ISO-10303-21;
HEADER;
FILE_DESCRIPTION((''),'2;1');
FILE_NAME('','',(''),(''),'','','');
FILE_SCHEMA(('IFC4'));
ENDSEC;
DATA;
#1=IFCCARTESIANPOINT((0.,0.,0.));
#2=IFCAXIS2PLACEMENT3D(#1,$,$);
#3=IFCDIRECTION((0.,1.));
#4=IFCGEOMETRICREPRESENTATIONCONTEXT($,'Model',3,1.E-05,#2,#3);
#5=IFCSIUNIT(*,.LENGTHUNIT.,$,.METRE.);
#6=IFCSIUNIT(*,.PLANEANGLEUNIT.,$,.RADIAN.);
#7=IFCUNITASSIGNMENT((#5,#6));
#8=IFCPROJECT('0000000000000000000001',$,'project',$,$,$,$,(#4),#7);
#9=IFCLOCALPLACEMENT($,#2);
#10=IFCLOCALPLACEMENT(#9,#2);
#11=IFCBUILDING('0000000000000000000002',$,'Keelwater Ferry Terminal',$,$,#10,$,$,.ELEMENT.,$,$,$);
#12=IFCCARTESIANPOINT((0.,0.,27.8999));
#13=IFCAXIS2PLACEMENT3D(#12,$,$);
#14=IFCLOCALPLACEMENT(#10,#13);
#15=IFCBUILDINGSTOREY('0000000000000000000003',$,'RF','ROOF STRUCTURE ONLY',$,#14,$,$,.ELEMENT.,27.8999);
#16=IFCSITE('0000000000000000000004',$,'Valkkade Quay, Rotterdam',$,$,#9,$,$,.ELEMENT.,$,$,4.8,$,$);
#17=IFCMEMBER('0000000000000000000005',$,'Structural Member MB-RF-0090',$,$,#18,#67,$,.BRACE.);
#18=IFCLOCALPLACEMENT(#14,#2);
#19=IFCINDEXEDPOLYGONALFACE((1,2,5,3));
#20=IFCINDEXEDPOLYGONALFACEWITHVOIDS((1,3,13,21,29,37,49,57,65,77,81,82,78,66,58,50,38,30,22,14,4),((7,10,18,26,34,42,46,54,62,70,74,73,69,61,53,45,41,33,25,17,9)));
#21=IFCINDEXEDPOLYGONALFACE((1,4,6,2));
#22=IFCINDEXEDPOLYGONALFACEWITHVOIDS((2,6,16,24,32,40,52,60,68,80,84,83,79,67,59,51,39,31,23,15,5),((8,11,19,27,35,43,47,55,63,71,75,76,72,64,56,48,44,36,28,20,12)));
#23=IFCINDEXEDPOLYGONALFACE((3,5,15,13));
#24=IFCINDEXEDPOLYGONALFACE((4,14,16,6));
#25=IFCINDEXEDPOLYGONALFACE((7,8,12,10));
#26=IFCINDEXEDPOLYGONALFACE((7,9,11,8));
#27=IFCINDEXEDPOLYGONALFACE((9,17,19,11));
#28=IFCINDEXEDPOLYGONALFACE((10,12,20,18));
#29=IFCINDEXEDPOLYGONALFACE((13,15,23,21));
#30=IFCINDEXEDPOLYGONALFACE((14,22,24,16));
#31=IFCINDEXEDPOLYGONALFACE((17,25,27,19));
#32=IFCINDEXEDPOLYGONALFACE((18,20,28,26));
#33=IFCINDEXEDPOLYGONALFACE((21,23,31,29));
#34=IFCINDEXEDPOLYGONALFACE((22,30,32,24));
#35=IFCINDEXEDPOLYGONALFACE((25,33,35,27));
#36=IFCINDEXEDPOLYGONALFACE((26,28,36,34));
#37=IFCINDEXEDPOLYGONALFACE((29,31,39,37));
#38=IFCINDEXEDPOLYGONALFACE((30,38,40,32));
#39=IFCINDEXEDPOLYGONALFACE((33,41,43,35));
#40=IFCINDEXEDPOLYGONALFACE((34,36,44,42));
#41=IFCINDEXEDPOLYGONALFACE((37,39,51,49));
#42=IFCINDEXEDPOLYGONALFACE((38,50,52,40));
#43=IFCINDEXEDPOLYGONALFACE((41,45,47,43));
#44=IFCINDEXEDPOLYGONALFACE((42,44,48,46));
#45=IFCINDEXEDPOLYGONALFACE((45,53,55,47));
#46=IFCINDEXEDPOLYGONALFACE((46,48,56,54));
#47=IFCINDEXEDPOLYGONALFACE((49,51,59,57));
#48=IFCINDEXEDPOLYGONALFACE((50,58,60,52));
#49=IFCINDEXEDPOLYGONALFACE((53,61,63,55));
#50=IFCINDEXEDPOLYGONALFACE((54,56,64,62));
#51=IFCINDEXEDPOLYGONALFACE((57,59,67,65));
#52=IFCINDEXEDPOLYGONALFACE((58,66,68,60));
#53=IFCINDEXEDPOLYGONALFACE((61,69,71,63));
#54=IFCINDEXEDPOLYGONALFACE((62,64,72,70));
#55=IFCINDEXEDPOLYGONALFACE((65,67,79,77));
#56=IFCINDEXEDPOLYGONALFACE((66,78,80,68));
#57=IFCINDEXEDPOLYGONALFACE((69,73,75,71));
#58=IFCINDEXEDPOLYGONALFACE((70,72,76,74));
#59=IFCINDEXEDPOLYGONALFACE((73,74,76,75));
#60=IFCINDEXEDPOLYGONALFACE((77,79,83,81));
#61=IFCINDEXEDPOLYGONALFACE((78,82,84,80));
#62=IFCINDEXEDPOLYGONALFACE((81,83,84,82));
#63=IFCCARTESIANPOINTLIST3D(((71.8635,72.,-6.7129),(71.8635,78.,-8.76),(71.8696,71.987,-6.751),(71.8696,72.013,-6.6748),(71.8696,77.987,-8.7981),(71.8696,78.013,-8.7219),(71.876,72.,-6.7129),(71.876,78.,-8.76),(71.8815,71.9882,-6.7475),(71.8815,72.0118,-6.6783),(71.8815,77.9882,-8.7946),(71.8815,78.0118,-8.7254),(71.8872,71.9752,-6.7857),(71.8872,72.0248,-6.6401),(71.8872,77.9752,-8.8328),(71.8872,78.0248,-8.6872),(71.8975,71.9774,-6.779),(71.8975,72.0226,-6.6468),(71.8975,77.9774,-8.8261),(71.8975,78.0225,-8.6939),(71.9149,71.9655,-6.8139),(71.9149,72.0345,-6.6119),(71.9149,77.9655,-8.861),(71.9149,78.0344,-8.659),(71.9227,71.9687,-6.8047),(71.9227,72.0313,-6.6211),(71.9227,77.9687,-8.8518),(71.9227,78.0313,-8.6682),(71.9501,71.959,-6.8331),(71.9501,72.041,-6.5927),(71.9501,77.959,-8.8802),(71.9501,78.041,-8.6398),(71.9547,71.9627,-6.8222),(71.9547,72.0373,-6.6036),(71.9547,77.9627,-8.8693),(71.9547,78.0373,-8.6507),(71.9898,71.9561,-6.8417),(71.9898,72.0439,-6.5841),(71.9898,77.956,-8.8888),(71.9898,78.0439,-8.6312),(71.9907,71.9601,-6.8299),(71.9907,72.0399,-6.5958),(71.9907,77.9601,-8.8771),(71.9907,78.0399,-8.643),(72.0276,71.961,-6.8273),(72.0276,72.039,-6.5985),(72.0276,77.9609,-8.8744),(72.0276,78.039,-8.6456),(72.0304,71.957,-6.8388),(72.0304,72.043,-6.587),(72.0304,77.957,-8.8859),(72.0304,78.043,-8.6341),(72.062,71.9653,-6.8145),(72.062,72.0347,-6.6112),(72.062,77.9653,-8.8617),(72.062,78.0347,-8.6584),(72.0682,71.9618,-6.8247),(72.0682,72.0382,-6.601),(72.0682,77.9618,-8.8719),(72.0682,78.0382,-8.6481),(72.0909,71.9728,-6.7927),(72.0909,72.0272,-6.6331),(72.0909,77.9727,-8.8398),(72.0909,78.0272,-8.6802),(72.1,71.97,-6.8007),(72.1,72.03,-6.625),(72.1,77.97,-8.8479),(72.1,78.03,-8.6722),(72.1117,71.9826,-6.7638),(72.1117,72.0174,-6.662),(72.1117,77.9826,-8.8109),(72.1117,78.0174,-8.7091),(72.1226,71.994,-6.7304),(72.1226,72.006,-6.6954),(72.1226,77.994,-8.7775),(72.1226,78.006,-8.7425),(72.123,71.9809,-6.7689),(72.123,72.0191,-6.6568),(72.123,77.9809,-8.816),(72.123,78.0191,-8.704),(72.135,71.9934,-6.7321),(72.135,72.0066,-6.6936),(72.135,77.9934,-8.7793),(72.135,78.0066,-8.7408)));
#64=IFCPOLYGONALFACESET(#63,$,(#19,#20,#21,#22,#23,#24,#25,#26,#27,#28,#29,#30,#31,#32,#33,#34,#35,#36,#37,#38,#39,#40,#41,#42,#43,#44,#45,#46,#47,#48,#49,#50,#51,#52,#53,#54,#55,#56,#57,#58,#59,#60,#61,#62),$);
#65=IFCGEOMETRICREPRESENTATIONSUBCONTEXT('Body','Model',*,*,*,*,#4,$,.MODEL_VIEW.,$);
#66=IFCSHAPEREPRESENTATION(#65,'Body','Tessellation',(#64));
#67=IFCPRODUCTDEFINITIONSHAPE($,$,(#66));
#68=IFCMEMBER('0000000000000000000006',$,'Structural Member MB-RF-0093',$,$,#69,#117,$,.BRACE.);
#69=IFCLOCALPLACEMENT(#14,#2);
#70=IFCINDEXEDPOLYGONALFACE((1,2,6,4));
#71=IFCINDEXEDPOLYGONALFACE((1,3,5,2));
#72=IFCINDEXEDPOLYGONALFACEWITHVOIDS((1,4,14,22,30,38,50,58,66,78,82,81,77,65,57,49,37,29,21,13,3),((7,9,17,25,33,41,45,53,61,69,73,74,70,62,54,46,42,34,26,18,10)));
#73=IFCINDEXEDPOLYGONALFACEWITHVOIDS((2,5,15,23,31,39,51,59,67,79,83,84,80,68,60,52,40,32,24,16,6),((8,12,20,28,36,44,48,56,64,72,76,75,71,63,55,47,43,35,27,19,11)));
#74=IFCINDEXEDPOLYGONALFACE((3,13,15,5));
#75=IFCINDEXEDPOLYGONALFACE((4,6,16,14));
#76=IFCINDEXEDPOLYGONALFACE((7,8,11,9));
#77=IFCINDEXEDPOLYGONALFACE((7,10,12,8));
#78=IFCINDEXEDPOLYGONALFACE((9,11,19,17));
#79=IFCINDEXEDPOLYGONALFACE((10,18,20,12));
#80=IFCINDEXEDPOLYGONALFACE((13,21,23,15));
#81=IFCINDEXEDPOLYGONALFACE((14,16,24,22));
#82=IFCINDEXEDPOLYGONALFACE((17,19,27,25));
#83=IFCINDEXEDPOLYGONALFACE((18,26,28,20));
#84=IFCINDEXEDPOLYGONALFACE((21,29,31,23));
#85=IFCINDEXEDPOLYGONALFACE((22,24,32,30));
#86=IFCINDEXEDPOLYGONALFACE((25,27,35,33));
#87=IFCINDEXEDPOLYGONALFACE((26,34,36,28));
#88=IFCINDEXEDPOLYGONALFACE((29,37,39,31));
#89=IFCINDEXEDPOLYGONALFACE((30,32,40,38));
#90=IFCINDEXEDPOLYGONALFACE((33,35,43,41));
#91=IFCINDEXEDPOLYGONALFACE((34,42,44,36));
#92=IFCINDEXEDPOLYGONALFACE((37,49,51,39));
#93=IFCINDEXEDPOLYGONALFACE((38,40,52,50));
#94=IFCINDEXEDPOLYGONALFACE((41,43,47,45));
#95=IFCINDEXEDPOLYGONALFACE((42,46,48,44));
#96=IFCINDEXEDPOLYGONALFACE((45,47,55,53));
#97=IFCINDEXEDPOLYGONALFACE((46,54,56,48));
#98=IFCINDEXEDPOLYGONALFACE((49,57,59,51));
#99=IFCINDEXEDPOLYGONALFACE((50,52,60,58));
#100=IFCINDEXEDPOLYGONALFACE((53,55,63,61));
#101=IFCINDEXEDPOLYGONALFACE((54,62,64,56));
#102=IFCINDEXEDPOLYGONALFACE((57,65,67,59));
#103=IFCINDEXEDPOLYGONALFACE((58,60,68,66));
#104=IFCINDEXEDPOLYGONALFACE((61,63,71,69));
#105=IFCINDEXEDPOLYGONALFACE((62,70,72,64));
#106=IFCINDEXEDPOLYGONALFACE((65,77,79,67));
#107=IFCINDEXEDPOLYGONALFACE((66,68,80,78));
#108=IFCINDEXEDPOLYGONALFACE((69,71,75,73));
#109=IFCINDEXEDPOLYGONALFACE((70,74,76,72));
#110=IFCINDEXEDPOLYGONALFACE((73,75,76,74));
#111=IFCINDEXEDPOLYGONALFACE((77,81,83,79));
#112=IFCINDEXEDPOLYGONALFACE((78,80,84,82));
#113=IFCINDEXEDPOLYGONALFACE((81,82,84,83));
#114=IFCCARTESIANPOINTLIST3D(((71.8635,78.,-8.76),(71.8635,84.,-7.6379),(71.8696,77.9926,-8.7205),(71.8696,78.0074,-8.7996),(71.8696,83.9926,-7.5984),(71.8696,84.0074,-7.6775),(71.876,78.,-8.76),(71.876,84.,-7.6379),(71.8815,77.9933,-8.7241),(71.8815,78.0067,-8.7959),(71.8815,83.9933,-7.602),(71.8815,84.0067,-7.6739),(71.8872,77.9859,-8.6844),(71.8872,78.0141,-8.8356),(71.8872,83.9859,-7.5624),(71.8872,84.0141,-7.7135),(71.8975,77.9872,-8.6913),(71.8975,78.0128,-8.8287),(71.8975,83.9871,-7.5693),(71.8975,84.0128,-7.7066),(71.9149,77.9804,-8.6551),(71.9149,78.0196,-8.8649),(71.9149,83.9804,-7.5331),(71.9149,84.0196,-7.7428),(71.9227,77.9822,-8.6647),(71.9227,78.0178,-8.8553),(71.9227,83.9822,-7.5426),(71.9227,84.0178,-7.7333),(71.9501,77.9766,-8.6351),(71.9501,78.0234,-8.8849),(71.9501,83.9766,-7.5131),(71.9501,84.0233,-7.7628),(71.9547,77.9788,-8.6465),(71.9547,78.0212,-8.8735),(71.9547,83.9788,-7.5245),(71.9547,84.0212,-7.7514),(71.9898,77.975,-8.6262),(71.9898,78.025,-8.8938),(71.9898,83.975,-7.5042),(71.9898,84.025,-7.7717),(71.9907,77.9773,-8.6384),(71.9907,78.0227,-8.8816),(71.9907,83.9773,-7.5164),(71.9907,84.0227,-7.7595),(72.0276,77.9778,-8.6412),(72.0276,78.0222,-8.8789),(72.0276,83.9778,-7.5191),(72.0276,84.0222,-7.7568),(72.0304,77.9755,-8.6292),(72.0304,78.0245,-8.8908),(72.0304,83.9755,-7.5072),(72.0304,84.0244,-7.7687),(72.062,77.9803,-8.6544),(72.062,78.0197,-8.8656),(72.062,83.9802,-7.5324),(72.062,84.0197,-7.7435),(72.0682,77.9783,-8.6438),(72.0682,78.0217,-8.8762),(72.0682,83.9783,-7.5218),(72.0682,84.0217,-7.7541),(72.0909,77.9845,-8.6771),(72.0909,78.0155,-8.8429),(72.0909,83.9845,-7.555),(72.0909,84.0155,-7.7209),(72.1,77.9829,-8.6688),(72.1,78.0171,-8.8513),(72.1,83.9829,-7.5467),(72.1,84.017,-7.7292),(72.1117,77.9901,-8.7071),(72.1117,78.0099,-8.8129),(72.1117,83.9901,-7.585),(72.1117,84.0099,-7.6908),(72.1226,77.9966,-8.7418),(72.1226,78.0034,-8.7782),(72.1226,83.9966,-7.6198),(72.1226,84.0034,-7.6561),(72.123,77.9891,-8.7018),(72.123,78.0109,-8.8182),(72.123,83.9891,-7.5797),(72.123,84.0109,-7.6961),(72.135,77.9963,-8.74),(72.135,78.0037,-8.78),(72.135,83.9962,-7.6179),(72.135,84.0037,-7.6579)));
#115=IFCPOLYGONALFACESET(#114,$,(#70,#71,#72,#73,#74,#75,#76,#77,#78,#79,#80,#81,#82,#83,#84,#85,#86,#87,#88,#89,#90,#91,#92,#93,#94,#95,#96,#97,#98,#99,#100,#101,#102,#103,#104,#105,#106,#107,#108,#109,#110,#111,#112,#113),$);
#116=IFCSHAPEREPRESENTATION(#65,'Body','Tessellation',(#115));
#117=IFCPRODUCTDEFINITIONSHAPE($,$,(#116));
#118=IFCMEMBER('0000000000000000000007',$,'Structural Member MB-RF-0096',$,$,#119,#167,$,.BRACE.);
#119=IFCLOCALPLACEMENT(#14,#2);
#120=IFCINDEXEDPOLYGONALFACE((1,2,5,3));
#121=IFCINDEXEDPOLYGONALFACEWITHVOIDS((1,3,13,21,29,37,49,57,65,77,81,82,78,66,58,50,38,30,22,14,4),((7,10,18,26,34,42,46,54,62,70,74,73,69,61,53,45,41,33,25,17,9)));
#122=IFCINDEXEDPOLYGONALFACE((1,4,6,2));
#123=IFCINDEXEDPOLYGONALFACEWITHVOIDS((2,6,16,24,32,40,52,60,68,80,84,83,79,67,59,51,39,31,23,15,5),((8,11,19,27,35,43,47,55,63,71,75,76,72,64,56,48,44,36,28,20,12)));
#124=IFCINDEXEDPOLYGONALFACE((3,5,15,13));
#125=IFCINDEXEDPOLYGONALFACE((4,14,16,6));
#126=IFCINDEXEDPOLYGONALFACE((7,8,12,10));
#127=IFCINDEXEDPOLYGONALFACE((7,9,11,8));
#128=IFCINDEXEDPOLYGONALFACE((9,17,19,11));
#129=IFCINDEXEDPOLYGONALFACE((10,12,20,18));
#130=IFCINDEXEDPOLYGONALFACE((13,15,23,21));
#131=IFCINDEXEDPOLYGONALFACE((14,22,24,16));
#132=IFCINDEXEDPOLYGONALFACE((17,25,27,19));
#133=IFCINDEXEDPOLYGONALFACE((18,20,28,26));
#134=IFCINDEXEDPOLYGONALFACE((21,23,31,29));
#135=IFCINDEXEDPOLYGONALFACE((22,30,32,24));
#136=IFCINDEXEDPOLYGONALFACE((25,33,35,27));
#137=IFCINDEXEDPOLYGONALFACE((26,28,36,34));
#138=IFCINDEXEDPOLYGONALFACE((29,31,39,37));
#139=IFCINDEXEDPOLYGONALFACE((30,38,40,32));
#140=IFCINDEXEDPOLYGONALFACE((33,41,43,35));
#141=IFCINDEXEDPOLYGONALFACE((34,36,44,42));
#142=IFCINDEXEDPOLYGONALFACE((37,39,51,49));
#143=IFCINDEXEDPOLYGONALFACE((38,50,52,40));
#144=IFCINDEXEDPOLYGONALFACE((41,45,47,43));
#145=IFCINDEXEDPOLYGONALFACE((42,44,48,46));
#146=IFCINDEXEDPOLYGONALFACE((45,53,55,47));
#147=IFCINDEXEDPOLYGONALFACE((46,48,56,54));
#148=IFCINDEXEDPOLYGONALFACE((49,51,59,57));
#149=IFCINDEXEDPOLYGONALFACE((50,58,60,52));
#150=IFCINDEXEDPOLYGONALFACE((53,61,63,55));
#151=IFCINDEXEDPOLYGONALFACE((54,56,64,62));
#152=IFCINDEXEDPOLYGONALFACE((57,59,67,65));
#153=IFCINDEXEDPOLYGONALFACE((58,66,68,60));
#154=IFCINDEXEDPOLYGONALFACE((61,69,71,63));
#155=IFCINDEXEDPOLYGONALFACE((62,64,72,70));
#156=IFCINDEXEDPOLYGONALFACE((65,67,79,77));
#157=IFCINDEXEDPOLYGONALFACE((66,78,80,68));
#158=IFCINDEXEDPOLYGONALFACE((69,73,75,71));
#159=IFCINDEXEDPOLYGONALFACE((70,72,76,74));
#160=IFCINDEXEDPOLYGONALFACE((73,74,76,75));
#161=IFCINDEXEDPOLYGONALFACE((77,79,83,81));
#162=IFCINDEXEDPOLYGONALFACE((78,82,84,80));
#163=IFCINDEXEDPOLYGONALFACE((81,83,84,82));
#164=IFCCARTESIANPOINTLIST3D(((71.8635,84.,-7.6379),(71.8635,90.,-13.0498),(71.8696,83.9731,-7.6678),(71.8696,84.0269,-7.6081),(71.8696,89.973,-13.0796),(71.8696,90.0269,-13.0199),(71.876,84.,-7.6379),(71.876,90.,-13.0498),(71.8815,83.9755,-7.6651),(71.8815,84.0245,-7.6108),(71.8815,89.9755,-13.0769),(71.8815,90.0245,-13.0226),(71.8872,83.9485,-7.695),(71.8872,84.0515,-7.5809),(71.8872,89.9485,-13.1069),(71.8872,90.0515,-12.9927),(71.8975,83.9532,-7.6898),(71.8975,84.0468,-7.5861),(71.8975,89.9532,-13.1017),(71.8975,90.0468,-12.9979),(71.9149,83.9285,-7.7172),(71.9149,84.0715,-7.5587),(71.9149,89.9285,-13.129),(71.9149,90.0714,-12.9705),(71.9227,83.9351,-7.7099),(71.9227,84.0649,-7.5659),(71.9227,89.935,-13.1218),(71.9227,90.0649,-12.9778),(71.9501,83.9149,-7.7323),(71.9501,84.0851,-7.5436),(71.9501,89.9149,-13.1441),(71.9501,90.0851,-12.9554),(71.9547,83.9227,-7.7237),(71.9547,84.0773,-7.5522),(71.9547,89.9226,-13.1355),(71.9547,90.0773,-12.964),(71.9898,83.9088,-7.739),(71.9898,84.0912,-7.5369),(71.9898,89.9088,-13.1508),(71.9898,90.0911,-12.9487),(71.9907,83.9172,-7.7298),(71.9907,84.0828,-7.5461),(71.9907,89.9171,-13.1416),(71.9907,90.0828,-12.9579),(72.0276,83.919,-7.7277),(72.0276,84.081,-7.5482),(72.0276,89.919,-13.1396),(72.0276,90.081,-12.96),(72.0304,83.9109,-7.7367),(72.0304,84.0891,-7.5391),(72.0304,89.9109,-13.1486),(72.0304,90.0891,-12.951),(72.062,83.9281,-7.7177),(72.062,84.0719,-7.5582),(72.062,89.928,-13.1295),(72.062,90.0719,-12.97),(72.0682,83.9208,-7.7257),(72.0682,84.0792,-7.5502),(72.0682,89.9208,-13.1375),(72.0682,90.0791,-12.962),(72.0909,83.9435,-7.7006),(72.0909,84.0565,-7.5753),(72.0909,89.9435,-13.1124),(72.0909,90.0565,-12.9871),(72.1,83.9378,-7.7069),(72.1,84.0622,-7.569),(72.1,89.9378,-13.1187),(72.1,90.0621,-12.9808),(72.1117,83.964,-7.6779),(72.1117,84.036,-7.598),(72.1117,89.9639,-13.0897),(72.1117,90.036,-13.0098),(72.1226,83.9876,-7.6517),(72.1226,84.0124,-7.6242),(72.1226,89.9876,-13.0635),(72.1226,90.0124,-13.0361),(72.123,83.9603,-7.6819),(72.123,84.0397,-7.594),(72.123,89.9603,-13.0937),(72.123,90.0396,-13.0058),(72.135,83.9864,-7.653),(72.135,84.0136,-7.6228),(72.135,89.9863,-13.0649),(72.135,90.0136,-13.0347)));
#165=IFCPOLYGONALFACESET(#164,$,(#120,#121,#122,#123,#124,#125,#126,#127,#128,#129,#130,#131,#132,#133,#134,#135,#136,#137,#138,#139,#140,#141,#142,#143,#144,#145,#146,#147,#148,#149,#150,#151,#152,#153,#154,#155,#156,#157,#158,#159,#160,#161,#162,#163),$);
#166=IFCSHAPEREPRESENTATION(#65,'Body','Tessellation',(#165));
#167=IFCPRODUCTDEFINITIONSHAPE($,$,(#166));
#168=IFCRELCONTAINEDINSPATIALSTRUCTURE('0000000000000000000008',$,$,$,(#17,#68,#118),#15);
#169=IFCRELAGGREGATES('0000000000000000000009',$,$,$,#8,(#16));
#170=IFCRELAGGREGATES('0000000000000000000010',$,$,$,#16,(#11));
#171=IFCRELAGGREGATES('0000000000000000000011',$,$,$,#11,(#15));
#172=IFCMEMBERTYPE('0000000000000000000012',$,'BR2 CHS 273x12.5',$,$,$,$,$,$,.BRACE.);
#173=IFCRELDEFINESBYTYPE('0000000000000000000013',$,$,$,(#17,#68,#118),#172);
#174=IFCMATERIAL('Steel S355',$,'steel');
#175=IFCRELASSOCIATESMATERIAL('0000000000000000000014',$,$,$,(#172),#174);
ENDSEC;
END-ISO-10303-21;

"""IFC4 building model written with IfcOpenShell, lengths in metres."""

from ifc_helpers import new_model, si_unit, direction, frame, origin, origin_2d, place, context, subcontext, project, spatial, hollow_circle, extrude, material, material_profile, profile_set, type_object, element, save


model = new_model("IFC4")

# Units and contexts
model_context = context("Model", 3, precision=1e-05, world=origin(), true_north=direction((0.0, 1.0)))
body_context = subcontext(model_context, "Body", "Model", "MODEL_VIEW")
ifc_project = project(units=[si_unit("LENGTHUNIT", "METRE"), si_unit("PLANEANGLEUNIT", "RADIAN")], contexts=[model_context])

# Site, building, storey
site_placement = place(None, origin())
site = spatial("IfcSite", under=ifc_project, at=site_placement, Name="Valkkade Quay, Rotterdam", CompositionType="ELEMENT", RefElevation=4.8)
building_placement = place(site_placement, origin())
building = spatial("IfcBuilding", under=site, at=building_placement, Name="Keelwater Ferry Terminal", CompositionType="ELEMENT")
storey_placement = place(building_placement, frame((0.0, 0.0, 27.8999)))
storey = spatial("IfcBuildingStorey", under=building, at=storey_placement, Name="RF", Description="ROOF STRUCTURE ONLY", CompositionType="ELEMENT", Elevation=27.8999)

# Members
ifc_material_1 = material(Name="Steel S355", Category="steel")
ifc_material_profile_1 = material_profile(ifc_material_1, hollow_circle(Radius=0.1365, WallThickness=0.0125, at=origin_2d()), Name="CHS 273x12.5")
ifc_profile_set_1 = profile_set([ifc_material_profile_1], Name="Steel S355")
member_type_1 = type_object("IfcMemberType", Name="BR2 CHS 273x12.5", PredefinedType="BRACE", material=ifc_profile_set_1)
member_1_placement = place(storey_placement, frame((72.0, 72.0, -6.7129), z_axis=(0.0, 0.94643, -0.322909), x_axis=(-1.0, 0.0, 0.0)))
element("IfcMember", 1, at=member_1_placement, inside=storey, type_object=member_type_1, Name="Structural Member MB-RF-0090", PredefinedType="BRACE", context=body_context, shape_type="SweptSolid", body=[
    extrude(hollow_circle(Radius=0.1365, WallThickness=0.0125, at=origin_2d()), origin(), (0.0, 0.0, 1.0), 6.3396),
])
member_2_placement = place(storey_placement, frame((72.0, 78.0, -8.76), z_axis=(0.0, 0.982959, 0.183825), x_axis=(-1.0, 0.0, 0.0)))
element("IfcMember", 2, at=member_2_placement, inside=storey, type_object=member_type_1, Name="Structural Member MB-RF-0093", PredefinedType="BRACE", context=body_context, shape_type="SweptSolid", body=[
    extrude(hollow_circle(Radius=0.1365, WallThickness=0.0125, at=origin_2d()), origin(), (0.0, 0.0, 1.0), 6.104),
])
member_3_placement = place(storey_placement, frame((72.0, 84.0, -7.6379), z_axis=(0.0, 0.742564, -0.669776), x_axis=(-1.0, 0.0, 0.0)))
element("IfcMember", 3, at=member_3_placement, inside=storey, type_object=member_type_1, Name="Structural Member MB-RF-0096", PredefinedType="BRACE", context=body_context, shape_type="SweptSolid", body=[
    extrude(hollow_circle(Radius=0.1365, WallThickness=0.0125, at=origin_2d()), origin(), (0.0, 0.0, 1.0), 8.0801),
])

save(model, "model.ifc")
